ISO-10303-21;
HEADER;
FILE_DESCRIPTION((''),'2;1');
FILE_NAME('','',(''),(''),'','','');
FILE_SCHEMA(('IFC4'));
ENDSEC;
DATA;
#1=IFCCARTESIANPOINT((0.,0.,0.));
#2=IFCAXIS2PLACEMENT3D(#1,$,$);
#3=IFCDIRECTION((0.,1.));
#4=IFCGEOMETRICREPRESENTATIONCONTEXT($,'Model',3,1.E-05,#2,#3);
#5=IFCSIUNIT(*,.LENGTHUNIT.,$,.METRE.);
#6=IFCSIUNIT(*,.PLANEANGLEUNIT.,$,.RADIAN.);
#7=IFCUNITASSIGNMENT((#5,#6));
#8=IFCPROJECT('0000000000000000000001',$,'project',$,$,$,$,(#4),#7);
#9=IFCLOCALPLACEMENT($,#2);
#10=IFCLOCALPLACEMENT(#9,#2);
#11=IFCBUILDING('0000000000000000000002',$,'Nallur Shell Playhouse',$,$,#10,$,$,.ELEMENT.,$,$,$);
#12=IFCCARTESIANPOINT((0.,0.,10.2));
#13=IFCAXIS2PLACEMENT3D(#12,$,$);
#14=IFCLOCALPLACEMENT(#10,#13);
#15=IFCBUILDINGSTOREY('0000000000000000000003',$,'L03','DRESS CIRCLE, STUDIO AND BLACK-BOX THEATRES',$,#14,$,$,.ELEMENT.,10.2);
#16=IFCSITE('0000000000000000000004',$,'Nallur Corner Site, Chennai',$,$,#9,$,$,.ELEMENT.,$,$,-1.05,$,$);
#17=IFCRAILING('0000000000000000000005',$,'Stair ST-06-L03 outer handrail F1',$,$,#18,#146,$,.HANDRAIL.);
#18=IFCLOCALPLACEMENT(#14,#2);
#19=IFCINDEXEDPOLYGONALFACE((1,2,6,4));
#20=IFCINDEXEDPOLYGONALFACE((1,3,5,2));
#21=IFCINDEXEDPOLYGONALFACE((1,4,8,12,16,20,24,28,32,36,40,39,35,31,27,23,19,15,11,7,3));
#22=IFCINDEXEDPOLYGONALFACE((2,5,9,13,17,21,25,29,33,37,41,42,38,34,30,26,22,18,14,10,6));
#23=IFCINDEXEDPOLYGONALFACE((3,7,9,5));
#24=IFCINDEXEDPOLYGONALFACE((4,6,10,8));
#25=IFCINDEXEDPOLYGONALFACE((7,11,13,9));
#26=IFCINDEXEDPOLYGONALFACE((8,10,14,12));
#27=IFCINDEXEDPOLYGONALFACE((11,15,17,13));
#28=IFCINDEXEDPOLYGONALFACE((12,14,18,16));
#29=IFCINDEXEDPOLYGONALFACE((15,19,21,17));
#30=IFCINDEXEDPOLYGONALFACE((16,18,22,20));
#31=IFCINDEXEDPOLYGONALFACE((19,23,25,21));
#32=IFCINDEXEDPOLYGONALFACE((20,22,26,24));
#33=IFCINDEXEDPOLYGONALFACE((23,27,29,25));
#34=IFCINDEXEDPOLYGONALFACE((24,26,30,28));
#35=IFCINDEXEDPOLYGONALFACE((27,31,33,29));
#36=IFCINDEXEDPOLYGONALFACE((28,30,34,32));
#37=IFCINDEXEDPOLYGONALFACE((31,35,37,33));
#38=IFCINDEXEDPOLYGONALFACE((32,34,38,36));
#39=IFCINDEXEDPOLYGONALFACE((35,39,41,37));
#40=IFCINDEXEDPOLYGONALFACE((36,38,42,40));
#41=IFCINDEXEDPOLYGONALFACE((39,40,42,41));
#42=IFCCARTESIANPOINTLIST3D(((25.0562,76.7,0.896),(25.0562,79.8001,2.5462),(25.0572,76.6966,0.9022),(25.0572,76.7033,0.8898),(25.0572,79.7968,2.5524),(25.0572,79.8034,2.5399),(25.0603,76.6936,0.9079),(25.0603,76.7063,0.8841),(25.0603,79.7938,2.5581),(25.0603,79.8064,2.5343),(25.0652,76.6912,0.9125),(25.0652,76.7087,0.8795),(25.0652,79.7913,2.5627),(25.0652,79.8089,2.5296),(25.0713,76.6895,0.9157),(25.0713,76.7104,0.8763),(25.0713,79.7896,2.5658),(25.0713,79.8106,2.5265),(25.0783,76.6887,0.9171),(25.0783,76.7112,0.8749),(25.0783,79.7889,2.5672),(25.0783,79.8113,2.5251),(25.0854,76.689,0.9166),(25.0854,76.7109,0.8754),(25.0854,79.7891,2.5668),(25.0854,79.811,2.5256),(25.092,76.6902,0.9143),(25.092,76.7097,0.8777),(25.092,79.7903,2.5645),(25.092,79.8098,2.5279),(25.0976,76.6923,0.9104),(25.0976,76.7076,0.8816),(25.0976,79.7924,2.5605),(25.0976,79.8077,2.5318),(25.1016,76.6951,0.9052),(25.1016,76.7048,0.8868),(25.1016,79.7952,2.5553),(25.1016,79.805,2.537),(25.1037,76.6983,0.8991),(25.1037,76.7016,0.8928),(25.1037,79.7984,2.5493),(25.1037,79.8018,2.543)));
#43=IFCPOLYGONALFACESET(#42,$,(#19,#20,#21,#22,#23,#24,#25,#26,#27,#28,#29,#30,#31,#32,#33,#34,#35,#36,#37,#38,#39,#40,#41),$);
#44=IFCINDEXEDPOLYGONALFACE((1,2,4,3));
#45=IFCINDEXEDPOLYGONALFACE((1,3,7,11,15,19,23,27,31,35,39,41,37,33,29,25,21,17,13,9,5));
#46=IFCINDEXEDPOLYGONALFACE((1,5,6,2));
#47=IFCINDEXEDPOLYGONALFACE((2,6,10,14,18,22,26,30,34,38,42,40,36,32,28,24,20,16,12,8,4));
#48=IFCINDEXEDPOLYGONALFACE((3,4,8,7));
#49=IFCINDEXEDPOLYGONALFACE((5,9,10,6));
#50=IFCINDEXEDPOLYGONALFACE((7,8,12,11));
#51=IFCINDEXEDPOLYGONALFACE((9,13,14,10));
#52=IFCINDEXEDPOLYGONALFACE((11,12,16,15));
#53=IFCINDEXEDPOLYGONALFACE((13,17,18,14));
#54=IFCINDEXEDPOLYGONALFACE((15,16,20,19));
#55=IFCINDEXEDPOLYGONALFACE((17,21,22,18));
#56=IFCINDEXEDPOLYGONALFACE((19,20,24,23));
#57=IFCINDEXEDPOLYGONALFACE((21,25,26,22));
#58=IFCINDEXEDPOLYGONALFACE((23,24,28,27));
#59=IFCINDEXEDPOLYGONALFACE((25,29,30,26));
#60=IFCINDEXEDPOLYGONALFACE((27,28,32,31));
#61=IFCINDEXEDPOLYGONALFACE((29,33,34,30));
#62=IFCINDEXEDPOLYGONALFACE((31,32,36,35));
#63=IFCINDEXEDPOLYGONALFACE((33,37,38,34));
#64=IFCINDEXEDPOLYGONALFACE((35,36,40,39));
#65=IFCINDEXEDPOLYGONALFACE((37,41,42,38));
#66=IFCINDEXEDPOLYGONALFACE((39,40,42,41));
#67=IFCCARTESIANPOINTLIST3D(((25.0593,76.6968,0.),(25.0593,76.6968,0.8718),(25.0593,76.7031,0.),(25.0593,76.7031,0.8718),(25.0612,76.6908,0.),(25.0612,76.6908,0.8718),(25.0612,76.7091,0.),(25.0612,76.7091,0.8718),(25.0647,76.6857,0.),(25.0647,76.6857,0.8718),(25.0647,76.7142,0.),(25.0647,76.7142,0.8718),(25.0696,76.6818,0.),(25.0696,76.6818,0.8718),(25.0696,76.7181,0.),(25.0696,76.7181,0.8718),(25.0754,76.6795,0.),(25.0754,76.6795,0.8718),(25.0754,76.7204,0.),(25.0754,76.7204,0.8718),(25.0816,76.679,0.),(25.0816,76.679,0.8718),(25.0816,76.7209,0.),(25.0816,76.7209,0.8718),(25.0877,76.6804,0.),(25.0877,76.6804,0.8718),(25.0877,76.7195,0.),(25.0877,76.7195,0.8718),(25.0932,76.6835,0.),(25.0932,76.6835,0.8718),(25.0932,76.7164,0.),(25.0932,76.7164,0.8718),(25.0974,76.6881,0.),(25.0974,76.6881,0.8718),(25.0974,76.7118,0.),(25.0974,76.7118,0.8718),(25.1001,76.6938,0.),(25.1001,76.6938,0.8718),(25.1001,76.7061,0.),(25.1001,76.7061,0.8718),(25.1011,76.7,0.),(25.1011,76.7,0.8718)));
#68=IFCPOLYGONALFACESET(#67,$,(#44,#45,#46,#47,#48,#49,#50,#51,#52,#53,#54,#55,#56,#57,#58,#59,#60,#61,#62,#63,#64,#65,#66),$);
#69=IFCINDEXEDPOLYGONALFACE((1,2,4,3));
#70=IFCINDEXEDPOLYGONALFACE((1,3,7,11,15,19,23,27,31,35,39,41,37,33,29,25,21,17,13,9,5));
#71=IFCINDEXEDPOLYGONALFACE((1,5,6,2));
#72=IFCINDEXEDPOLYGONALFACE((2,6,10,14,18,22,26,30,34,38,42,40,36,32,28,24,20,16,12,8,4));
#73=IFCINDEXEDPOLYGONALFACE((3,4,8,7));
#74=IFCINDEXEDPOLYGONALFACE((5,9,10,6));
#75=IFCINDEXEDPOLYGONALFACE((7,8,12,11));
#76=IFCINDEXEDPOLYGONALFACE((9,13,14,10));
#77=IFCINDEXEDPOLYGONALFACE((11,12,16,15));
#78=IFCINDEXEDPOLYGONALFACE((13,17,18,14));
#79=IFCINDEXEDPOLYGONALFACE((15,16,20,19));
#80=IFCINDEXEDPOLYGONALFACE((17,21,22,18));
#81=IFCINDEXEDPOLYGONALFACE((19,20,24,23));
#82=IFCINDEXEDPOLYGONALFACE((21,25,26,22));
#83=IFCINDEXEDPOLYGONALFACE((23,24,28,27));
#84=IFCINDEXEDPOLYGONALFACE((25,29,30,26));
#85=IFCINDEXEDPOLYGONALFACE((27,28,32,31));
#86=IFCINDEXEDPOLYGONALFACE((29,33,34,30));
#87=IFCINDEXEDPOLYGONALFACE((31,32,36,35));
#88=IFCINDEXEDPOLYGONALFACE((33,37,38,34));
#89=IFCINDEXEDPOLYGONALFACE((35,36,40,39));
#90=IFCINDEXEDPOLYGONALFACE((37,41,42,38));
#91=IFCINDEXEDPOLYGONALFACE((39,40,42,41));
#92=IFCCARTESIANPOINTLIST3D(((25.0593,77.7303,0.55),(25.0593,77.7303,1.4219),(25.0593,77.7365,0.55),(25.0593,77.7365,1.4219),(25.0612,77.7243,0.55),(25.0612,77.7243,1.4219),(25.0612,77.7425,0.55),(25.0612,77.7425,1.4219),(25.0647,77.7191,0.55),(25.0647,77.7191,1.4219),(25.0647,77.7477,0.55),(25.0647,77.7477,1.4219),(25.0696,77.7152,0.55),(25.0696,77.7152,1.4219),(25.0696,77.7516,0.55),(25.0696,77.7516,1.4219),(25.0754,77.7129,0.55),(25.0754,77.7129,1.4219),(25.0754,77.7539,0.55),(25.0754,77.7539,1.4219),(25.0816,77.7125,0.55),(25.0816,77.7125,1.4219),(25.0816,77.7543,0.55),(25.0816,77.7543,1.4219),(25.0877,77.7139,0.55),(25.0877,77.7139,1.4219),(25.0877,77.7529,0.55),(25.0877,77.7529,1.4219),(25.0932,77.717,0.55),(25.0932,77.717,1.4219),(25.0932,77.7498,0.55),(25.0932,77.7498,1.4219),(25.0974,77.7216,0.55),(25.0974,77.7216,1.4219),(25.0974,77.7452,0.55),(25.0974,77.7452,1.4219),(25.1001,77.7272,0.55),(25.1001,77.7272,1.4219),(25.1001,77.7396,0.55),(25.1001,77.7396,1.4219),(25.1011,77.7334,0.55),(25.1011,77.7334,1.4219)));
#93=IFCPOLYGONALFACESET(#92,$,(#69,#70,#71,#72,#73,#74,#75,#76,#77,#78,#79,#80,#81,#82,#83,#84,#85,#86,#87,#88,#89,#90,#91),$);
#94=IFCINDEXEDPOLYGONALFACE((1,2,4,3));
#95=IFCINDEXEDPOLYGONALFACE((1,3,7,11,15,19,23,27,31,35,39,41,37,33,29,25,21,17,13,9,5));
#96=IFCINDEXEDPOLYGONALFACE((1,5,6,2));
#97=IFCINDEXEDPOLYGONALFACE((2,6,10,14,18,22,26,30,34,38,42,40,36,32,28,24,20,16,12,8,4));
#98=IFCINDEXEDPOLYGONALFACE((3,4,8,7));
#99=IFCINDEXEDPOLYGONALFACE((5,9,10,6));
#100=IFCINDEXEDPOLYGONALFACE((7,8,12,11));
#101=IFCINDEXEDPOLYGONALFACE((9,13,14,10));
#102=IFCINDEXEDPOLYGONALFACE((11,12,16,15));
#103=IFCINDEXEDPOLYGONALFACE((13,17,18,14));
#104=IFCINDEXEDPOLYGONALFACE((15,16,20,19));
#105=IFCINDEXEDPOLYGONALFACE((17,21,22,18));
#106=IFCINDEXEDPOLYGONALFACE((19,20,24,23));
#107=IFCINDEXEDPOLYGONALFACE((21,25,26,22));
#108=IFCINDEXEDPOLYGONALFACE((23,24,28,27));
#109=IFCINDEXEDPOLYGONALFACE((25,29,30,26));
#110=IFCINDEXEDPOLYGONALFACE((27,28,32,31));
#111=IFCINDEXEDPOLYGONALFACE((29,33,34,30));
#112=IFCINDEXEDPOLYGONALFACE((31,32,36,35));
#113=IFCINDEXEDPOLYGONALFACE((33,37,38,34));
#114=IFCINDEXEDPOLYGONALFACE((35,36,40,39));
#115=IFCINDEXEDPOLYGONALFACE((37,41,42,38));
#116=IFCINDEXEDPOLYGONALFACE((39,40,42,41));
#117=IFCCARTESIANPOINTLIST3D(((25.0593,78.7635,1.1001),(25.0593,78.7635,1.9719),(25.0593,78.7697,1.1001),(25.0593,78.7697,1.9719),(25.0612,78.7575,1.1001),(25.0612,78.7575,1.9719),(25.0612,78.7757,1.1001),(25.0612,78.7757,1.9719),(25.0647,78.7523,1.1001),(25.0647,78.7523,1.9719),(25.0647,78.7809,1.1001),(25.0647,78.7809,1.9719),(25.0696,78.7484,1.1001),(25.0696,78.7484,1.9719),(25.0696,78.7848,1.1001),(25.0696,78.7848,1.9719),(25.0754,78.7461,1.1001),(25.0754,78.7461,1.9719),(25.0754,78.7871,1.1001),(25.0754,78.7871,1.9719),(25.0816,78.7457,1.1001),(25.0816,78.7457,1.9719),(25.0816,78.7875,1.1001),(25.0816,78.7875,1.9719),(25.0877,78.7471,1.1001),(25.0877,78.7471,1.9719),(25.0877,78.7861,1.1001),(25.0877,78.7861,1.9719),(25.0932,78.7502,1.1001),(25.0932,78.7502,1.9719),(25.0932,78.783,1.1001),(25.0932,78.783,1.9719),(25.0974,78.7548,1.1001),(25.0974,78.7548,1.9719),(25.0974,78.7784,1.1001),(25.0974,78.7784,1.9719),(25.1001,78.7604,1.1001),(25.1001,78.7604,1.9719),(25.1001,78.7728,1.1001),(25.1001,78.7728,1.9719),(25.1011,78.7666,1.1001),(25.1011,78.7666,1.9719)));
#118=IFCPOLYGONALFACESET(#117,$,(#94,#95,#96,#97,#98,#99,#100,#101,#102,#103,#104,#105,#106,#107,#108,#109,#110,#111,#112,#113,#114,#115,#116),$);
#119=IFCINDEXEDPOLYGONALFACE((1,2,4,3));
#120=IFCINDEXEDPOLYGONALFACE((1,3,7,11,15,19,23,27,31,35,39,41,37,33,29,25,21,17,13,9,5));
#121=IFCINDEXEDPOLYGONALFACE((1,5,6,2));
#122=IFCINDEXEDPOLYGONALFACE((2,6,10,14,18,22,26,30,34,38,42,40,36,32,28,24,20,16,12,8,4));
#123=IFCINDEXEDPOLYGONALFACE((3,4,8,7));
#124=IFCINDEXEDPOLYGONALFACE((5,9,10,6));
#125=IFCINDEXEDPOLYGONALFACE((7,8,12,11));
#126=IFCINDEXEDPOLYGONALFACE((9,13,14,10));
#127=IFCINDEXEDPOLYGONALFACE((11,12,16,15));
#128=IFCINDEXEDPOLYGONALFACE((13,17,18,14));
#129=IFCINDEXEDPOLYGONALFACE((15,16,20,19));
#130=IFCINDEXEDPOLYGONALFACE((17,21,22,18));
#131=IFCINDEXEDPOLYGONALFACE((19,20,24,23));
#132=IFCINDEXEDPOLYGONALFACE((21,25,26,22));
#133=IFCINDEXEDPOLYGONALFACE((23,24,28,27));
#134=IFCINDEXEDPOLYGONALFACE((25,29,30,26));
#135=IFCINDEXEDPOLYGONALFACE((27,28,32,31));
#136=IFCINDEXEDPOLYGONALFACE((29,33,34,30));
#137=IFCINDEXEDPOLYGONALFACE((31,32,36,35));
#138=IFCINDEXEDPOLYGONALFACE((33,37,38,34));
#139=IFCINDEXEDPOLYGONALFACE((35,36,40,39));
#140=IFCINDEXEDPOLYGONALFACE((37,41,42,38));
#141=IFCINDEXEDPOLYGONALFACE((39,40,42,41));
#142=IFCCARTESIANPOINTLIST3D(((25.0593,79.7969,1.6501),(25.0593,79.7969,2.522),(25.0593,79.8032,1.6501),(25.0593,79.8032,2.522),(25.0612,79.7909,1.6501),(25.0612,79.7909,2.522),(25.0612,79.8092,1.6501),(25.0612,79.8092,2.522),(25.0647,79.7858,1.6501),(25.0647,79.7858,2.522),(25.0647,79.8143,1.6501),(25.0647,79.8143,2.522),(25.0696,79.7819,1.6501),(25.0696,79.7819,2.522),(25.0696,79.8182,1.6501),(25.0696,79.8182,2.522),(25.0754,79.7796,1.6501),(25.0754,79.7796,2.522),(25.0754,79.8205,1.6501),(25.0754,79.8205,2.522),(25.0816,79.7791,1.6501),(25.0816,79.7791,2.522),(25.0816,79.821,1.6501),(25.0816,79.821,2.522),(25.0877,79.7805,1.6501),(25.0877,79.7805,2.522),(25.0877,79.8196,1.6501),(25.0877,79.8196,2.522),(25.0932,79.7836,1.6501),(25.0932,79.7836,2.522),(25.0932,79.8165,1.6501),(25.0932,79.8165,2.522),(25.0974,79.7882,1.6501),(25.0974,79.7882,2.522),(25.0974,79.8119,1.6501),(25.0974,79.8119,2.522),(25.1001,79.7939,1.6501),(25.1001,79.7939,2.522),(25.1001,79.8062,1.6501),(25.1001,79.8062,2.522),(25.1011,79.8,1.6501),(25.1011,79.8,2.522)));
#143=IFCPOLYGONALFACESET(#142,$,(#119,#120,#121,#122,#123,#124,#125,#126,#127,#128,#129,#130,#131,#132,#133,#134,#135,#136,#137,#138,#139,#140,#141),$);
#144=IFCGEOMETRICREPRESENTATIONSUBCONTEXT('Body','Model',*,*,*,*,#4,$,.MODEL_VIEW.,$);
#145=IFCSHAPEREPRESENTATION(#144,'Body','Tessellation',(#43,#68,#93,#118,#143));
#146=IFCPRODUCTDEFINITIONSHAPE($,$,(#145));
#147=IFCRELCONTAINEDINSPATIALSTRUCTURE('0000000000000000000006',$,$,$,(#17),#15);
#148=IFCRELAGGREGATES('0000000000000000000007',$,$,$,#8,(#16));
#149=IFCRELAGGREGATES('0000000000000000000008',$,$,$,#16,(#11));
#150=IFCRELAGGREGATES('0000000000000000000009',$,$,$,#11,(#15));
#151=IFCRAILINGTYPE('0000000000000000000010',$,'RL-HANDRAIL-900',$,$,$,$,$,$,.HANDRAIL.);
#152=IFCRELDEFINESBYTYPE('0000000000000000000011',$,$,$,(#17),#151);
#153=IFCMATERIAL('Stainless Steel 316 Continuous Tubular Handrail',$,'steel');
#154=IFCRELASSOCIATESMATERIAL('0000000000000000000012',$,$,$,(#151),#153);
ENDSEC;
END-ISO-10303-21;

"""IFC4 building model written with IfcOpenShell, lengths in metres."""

from ifc_helpers import new_model, si_unit, direction, frame, origin, origin_2d, place, context, subcontext, project, spatial, circle, extrude, material, type_object, element, save


model = new_model("IFC4")

# Units and contexts
model_context = context("Model", 3, precision=1e-05, world=origin(), true_north=direction((0.0, 1.0)))
body_context = subcontext(model_context, "Body", "Model", "MODEL_VIEW")
ifc_project = project(units=[si_unit("LENGTHUNIT", "METRE"), si_unit("PLANEANGLEUNIT", "RADIAN")], contexts=[model_context])

# Site, building, storey
site_placement = place(None, origin())
site = spatial("IfcSite", under=ifc_project, at=site_placement, Name="Nallur Corner Site, Chennai", CompositionType="ELEMENT", RefElevation=-1.05)
building_placement = place(site_placement, origin())
building = spatial("IfcBuilding", under=site, at=building_placement, Name="Nallur Shell Playhouse", CompositionType="ELEMENT")
storey_placement = place(building_placement, frame((0.0, 0.0, 10.2)))
storey = spatial("IfcBuildingStorey", under=building, at=storey_placement, Name="L03", Description="DRESS CIRCLE, STUDIO AND BLACK-BOX THEATRES", CompositionType="ELEMENT", Elevation=10.2)

# Railing
ifc_material_1 = material(Name="Stainless Steel 316 Continuous Tubular Handrail", Category="steel")
railing_type_1 = type_object("IfcRailingType", Name="RL-HANDRAIL-900", PredefinedType="HANDRAIL", material=ifc_material_1)
railing_1_placement = place(storey_placement, frame((25.0801, 76.7, 0.0)))
element("IfcRailing", 1, at=railing_1_placement, inside=storey, type_object=railing_type_1, Name="Stair ST-06-L03 outer handrail F1", PredefinedType="HANDRAIL", context=body_context, shape_type="SweptSolid", body=[
    extrude(circle(Radius=0.0239, at=origin_2d()), frame((0.0, 0.0, 0.896), z_axis=(0.0, 0.882736, 0.46987), x_axis=(-1.0, 0.0, 0.0)), (0.0, 0.0, 1.0), 3.512),
    extrude(circle(Radius=0.021, at=origin_2d()), origin(), (0.0, 0.0, 1.0), 0.8718),
    extrude(circle(Radius=0.021, at=origin_2d()), frame((0.0, 1.0334, 0.55)), (0.0, 0.0, 1.0), 0.8718),
    extrude(circle(Radius=0.021, at=origin_2d()), frame((0.0, 2.0667, 1.1001)), (0.0, 0.0, 1.0), 0.8718),
    extrude(circle(Radius=0.021, at=origin_2d()), frame((0.0, 3.1001, 1.6501)), (0.0, 0.0, 1.0), 0.8718),
])

save(model, "model.ifc")
